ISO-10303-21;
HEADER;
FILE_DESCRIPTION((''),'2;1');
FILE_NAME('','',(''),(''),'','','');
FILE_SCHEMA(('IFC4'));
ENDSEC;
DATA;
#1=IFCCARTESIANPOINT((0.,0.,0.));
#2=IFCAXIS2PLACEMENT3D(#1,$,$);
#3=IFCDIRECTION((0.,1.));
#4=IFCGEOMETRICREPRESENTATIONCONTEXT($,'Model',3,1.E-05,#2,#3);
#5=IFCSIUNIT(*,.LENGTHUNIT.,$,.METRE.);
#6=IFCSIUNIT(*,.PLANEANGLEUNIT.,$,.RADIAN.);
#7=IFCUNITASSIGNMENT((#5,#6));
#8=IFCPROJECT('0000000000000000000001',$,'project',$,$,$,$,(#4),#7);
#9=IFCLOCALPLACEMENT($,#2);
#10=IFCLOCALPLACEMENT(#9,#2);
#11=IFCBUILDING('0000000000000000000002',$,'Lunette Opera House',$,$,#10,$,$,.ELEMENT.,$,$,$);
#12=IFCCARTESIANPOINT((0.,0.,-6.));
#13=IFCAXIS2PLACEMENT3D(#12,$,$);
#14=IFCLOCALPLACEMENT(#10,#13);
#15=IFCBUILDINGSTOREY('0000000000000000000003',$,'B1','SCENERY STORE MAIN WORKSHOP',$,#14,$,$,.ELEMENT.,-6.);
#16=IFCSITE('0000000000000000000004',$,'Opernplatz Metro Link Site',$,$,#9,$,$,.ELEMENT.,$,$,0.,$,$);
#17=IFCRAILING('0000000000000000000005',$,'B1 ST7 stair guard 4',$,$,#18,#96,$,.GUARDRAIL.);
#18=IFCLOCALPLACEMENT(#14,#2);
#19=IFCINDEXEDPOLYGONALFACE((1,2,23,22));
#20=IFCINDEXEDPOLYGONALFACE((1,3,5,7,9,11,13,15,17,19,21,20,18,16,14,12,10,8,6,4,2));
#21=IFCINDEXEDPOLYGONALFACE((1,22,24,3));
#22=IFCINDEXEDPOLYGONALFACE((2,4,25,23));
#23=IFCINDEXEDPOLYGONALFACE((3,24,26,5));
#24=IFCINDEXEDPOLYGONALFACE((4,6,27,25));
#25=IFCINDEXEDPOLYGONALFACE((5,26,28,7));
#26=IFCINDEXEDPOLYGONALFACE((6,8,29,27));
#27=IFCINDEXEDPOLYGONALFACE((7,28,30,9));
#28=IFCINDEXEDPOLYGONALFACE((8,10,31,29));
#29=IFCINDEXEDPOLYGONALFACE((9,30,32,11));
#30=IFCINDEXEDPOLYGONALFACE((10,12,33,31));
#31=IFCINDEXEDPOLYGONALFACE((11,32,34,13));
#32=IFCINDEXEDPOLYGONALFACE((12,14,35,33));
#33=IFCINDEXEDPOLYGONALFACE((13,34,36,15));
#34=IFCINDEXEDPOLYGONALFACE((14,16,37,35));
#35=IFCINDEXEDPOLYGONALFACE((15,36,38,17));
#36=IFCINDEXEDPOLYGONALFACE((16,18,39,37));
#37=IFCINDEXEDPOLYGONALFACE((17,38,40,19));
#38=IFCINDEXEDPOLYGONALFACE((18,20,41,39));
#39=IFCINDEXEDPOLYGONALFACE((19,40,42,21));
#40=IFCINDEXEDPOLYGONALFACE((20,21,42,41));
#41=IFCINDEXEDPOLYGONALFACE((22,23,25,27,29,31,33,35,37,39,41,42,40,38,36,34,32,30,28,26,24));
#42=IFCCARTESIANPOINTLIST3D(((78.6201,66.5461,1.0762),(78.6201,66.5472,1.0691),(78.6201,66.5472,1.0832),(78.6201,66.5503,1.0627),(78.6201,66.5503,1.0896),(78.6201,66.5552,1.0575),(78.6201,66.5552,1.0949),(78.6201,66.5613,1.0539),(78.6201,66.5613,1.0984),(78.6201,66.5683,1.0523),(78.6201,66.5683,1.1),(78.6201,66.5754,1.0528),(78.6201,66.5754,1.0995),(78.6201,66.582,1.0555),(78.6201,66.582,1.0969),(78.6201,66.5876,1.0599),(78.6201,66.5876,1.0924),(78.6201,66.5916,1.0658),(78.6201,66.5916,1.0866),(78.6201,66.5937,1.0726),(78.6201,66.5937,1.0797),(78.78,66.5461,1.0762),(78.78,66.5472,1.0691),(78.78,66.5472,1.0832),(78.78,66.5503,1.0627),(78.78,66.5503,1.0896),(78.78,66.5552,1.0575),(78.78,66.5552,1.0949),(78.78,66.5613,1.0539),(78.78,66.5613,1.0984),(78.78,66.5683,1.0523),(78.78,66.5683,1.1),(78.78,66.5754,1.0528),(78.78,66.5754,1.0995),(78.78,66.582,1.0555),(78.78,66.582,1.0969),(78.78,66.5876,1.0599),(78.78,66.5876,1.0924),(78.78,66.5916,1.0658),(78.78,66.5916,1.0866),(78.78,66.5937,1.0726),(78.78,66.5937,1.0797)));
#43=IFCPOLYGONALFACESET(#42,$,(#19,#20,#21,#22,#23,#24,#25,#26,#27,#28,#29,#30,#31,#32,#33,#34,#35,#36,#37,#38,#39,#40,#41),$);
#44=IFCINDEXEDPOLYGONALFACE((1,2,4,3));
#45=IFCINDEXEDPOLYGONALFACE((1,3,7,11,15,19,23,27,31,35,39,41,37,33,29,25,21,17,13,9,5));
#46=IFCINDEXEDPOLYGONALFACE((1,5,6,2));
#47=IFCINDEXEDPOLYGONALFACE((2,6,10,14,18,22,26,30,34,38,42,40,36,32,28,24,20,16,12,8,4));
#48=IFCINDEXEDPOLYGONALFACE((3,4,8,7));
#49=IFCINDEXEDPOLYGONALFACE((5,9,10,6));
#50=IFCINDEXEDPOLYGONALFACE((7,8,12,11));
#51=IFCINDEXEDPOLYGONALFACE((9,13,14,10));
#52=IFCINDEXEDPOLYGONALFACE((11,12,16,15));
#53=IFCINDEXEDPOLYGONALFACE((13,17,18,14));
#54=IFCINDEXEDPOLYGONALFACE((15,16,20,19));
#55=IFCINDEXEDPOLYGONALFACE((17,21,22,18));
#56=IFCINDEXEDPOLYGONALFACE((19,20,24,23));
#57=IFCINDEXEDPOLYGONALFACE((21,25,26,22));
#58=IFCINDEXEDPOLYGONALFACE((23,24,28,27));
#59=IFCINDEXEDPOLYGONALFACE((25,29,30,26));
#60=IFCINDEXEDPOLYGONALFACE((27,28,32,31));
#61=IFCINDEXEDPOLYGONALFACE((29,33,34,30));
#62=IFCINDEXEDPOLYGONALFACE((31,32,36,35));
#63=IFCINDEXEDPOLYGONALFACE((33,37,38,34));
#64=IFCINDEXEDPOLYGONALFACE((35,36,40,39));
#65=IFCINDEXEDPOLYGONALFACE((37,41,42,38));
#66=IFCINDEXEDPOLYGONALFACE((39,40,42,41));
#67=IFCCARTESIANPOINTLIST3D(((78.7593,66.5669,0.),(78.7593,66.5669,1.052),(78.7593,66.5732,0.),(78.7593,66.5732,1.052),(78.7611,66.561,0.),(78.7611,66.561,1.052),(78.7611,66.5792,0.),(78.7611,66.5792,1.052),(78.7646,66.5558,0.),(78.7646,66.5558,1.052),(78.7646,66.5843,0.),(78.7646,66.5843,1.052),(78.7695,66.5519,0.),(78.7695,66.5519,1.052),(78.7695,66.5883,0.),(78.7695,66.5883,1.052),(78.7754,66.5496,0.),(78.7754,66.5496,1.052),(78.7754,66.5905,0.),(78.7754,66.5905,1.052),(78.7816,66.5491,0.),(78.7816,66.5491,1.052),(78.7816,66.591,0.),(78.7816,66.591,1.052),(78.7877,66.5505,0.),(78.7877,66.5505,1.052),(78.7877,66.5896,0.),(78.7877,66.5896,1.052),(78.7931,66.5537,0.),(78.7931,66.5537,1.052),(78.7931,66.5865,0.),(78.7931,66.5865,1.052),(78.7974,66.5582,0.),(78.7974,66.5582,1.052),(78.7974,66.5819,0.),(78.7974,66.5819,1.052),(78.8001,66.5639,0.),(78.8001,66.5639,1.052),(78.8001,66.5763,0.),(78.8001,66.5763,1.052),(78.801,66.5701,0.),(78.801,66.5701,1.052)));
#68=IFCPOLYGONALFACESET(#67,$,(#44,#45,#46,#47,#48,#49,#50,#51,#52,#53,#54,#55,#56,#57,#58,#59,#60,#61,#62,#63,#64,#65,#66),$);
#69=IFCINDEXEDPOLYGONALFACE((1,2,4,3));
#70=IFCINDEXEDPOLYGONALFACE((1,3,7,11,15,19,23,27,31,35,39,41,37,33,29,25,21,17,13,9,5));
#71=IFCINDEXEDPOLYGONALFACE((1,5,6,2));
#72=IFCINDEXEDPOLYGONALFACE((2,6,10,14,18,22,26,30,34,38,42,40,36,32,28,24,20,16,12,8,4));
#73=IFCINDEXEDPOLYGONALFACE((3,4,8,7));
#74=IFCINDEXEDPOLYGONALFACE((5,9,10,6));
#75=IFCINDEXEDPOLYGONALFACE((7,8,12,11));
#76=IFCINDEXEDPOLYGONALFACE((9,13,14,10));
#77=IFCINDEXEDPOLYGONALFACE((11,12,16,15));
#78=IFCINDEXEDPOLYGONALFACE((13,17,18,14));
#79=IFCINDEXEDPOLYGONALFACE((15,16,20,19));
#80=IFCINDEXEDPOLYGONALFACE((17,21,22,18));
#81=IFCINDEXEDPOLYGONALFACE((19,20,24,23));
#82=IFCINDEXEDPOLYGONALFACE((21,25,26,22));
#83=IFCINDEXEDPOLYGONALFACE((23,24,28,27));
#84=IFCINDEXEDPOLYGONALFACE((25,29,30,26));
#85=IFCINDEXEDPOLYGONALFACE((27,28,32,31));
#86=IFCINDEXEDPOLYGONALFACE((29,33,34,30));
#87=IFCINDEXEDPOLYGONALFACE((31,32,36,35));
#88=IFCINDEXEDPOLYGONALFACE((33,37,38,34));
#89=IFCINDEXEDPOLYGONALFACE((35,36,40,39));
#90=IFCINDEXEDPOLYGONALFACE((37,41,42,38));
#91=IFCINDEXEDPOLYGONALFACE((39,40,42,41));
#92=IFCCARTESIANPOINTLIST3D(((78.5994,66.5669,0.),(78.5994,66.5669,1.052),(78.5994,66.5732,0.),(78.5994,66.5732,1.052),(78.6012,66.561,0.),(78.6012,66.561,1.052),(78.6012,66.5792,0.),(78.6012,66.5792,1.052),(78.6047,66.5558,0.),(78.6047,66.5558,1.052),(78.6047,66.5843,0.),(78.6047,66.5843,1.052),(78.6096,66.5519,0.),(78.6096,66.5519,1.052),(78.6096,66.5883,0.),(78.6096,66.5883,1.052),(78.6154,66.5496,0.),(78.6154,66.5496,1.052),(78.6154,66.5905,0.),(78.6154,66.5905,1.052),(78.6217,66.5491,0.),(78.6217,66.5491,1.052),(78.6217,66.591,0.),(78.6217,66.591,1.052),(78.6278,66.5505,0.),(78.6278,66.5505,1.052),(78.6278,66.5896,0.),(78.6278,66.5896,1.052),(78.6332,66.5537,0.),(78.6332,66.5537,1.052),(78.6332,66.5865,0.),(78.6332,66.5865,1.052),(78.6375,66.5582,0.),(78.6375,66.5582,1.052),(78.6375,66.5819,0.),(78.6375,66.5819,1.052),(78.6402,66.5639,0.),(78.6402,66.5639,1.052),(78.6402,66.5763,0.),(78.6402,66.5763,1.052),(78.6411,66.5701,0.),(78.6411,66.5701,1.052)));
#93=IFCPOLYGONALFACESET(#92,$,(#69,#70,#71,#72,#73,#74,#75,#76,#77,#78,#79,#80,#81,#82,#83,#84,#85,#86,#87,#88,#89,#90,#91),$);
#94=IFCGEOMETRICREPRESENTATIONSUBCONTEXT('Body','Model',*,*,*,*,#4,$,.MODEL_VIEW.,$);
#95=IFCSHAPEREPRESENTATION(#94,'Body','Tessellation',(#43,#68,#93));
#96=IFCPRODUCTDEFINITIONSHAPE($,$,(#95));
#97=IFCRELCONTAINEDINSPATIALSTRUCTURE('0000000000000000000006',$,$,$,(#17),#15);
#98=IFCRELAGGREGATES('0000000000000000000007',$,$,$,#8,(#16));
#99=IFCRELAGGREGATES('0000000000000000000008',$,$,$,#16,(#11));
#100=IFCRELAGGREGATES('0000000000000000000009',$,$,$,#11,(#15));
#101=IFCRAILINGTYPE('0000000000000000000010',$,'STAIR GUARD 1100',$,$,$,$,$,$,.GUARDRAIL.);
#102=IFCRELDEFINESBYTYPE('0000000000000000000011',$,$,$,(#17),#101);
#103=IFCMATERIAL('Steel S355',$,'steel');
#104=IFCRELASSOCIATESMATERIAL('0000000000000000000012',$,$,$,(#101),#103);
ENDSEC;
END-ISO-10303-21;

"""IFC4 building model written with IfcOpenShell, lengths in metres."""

from ifc_helpers import new_model, si_unit, direction, frame, origin, origin_2d, place, context, subcontext, project, spatial, circle, extrude, material, type_object, element, save


model = new_model("IFC4")

# Units and contexts
model_context = context("Model", 3, precision=1e-05, world=origin(), true_north=direction((0.0, 1.0)))
body_context = subcontext(model_context, "Body", "Model", "MODEL_VIEW")
ifc_project = project(units=[si_unit("LENGTHUNIT", "METRE"), si_unit("PLANEANGLEUNIT", "RADIAN")], contexts=[model_context])

# Site, building, storey
site_placement = place(None, origin())
site = spatial("IfcSite", under=ifc_project, at=site_placement, Name="Opernplatz Metro Link Site", CompositionType="ELEMENT", RefElevation=0.0)
building_placement = place(site_placement, origin())
building = spatial("IfcBuilding", under=site, at=building_placement, Name="Lunette Opera House", CompositionType="ELEMENT")
storey_placement = place(building_placement, frame((0.0, 0.0, -6.0)))
storey = spatial("IfcBuildingStorey", under=building, at=storey_placement, Name="B1", Description="SCENERY STORE MAIN WORKSHOP", CompositionType="ELEMENT", Elevation=-6.0)

# Railing
ifc_material_1 = material(Name="Steel S355", Category="steel")
railing_type_1 = type_object("IfcRailingType", Name="STAIR GUARD 1100", PredefinedType="GUARDRAIL", material=ifc_material_1)
railing_1_placement = place(storey_placement, frame((78.78, 66.5701, 0.0)))
element("IfcRailing", 1, at=railing_1_placement, inside=storey, type_object=railing_type_1, Name="B1 ST7 stair guard 4", PredefinedType="GUARDRAIL", context=body_context, shape_type="SweptSolid", body=[
    extrude(circle(Radius=0.0239, at=origin_2d()), frame((0.0, 0.0, 1.0762), z_axis=(-1.0, 0.0, 0.0), x_axis=(0.0, -1.0, 0.0)), (0.0, 0.0, 1.0), 0.1599),
    extrude(circle(Radius=0.021, at=origin_2d()), origin(), (0.0, 0.0, 1.0), 1.052),
    extrude(circle(Radius=0.021, at=origin_2d()), frame((-0.1599, 0.0, 0.0)), (0.0, 0.0, 1.0), 1.052),
])

save(model, "model.ifc")
